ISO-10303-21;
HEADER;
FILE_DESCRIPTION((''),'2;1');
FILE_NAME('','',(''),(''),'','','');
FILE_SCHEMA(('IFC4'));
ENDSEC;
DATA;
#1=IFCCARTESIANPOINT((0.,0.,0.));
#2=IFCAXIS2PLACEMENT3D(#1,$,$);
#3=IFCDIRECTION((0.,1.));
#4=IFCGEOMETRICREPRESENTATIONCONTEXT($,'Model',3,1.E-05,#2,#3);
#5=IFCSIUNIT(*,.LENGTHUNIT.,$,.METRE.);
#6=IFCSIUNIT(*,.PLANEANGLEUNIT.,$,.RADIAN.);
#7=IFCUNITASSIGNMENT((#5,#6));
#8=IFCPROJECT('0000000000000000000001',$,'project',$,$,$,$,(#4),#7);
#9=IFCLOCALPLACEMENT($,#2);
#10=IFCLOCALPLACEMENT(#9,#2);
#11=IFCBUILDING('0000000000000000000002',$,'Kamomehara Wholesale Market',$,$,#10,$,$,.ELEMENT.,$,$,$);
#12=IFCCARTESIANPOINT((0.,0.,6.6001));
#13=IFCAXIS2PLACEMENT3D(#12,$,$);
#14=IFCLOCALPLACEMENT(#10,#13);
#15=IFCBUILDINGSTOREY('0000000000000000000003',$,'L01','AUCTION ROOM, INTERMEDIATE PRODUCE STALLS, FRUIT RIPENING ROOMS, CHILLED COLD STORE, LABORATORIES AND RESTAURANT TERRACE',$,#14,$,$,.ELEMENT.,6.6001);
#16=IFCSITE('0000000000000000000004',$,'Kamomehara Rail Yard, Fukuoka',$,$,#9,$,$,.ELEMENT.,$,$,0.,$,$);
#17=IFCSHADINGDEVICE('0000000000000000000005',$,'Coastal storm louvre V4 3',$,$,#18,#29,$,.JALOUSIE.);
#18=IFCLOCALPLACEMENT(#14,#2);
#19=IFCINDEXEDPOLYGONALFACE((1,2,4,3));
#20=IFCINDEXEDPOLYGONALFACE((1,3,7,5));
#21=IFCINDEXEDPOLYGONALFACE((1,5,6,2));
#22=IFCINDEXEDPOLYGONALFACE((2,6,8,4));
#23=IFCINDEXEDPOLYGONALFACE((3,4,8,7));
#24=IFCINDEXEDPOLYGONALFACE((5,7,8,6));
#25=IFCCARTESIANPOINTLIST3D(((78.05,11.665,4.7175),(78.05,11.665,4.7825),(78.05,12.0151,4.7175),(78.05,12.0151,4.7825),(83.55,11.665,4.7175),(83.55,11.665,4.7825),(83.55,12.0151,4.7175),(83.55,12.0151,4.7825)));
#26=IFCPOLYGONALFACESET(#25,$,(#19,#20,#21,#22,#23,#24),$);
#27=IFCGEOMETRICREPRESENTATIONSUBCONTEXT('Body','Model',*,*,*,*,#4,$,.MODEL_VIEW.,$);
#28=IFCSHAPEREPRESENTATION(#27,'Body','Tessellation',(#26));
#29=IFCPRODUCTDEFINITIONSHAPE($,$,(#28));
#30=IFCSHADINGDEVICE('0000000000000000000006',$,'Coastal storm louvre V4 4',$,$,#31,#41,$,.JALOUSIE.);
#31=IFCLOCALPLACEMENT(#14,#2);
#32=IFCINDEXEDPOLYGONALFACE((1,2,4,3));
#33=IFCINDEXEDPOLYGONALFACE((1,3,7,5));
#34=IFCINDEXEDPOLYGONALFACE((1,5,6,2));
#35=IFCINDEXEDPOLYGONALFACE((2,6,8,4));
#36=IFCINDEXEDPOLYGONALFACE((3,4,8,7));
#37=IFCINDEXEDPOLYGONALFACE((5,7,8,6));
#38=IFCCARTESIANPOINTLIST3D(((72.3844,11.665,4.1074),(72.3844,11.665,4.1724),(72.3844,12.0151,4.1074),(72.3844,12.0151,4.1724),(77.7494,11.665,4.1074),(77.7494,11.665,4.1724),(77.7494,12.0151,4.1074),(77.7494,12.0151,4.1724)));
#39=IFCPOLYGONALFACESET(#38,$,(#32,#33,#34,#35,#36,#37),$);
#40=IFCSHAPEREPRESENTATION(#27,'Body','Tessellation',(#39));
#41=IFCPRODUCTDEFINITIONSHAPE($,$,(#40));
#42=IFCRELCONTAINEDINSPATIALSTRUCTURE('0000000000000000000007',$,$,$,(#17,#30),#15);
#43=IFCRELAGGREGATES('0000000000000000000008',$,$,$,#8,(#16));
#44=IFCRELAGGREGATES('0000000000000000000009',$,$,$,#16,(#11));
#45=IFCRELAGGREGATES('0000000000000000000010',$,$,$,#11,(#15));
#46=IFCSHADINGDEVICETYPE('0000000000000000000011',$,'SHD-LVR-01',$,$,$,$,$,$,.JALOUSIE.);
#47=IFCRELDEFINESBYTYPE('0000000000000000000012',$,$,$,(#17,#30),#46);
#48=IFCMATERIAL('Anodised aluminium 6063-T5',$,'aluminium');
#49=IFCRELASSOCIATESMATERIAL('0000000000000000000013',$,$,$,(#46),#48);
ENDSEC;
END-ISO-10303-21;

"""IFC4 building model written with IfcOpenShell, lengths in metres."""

from ifc_helpers import new_model, si_unit, direction, frame, origin, origin_2d, place, context, subcontext, project, spatial, rectangle, extrude, material, type_object, element, save


model = new_model("IFC4")

# Units and contexts
model_context = context("Model", 3, precision=1e-05, world=origin(), true_north=direction((0.0, 1.0)))
body_context = subcontext(model_context, "Body", "Model", "MODEL_VIEW")
ifc_project = project(units=[si_unit("LENGTHUNIT", "METRE"), si_unit("PLANEANGLEUNIT", "RADIAN")], contexts=[model_context])

# Site, building, storey
site_placement = place(None, origin())
site = spatial("IfcSite", under=ifc_project, at=site_placement, Name="Kamomehara Rail Yard, Fukuoka", CompositionType="ELEMENT", RefElevation=0.0)
building_placement = place(site_placement, origin())
building = spatial("IfcBuilding", under=site, at=building_placement, Name="Kamomehara Wholesale Market", CompositionType="ELEMENT")
storey_placement = place(building_placement, frame((0.0, 0.0, 6.6001)))
storey = spatial("IfcBuildingStorey", under=building, at=storey_placement, Name="L01", Description="AUCTION ROOM, INTERMEDIATE PRODUCE STALLS, FRUIT RIPENING ROOMS, CHILLED COLD STORE, LABORATORIES AND RESTAURANT TERRACE", CompositionType="ELEMENT", Elevation=6.6001)

# Shading devices
ifc_material_1 = material(Name="Anodised aluminium 6063-T5", Category="aluminium")
shading_device_type_1 = type_object("IfcShadingDeviceType", Name="SHD-LVR-01", PredefinedType="JALOUSIE", material=ifc_material_1)
shading_device_1_placement = place(storey_placement, frame((80.8, 11.8401, 4.7175), z_axis=(0.0, 0.0, 1.0), x_axis=(1.0, 0.0, 0.0)))
element("IfcShadingDevice", 1, at=shading_device_1_placement, inside=storey, type_object=shading_device_type_1, Name="Coastal storm louvre V4 3", PredefinedType="JALOUSIE", context=body_context, shape_type="SweptSolid", body=[
    extrude(rectangle(XDim=5.5, YDim=0.3501, at=origin_2d()), origin(), (0.0, 0.0, 1.0), 0.0649),
])
shading_device_2_placement = place(storey_placement, frame((75.0669, 11.8401, 4.1074), z_axis=(0.0, 0.0, 1.0), x_axis=(1.0, 0.0, 0.0)))
element("IfcShadingDevice", 2, at=shading_device_2_placement, inside=storey, type_object=shading_device_type_1, Name="Coastal storm louvre V4 4", PredefinedType="JALOUSIE", context=body_context, shape_type="SweptSolid", body=[
    extrude(rectangle(XDim=5.365, YDim=0.3501, at=origin_2d()), origin(), (0.0, 0.0, 1.0), 0.0649),
])

save(model, "model.ifc")
